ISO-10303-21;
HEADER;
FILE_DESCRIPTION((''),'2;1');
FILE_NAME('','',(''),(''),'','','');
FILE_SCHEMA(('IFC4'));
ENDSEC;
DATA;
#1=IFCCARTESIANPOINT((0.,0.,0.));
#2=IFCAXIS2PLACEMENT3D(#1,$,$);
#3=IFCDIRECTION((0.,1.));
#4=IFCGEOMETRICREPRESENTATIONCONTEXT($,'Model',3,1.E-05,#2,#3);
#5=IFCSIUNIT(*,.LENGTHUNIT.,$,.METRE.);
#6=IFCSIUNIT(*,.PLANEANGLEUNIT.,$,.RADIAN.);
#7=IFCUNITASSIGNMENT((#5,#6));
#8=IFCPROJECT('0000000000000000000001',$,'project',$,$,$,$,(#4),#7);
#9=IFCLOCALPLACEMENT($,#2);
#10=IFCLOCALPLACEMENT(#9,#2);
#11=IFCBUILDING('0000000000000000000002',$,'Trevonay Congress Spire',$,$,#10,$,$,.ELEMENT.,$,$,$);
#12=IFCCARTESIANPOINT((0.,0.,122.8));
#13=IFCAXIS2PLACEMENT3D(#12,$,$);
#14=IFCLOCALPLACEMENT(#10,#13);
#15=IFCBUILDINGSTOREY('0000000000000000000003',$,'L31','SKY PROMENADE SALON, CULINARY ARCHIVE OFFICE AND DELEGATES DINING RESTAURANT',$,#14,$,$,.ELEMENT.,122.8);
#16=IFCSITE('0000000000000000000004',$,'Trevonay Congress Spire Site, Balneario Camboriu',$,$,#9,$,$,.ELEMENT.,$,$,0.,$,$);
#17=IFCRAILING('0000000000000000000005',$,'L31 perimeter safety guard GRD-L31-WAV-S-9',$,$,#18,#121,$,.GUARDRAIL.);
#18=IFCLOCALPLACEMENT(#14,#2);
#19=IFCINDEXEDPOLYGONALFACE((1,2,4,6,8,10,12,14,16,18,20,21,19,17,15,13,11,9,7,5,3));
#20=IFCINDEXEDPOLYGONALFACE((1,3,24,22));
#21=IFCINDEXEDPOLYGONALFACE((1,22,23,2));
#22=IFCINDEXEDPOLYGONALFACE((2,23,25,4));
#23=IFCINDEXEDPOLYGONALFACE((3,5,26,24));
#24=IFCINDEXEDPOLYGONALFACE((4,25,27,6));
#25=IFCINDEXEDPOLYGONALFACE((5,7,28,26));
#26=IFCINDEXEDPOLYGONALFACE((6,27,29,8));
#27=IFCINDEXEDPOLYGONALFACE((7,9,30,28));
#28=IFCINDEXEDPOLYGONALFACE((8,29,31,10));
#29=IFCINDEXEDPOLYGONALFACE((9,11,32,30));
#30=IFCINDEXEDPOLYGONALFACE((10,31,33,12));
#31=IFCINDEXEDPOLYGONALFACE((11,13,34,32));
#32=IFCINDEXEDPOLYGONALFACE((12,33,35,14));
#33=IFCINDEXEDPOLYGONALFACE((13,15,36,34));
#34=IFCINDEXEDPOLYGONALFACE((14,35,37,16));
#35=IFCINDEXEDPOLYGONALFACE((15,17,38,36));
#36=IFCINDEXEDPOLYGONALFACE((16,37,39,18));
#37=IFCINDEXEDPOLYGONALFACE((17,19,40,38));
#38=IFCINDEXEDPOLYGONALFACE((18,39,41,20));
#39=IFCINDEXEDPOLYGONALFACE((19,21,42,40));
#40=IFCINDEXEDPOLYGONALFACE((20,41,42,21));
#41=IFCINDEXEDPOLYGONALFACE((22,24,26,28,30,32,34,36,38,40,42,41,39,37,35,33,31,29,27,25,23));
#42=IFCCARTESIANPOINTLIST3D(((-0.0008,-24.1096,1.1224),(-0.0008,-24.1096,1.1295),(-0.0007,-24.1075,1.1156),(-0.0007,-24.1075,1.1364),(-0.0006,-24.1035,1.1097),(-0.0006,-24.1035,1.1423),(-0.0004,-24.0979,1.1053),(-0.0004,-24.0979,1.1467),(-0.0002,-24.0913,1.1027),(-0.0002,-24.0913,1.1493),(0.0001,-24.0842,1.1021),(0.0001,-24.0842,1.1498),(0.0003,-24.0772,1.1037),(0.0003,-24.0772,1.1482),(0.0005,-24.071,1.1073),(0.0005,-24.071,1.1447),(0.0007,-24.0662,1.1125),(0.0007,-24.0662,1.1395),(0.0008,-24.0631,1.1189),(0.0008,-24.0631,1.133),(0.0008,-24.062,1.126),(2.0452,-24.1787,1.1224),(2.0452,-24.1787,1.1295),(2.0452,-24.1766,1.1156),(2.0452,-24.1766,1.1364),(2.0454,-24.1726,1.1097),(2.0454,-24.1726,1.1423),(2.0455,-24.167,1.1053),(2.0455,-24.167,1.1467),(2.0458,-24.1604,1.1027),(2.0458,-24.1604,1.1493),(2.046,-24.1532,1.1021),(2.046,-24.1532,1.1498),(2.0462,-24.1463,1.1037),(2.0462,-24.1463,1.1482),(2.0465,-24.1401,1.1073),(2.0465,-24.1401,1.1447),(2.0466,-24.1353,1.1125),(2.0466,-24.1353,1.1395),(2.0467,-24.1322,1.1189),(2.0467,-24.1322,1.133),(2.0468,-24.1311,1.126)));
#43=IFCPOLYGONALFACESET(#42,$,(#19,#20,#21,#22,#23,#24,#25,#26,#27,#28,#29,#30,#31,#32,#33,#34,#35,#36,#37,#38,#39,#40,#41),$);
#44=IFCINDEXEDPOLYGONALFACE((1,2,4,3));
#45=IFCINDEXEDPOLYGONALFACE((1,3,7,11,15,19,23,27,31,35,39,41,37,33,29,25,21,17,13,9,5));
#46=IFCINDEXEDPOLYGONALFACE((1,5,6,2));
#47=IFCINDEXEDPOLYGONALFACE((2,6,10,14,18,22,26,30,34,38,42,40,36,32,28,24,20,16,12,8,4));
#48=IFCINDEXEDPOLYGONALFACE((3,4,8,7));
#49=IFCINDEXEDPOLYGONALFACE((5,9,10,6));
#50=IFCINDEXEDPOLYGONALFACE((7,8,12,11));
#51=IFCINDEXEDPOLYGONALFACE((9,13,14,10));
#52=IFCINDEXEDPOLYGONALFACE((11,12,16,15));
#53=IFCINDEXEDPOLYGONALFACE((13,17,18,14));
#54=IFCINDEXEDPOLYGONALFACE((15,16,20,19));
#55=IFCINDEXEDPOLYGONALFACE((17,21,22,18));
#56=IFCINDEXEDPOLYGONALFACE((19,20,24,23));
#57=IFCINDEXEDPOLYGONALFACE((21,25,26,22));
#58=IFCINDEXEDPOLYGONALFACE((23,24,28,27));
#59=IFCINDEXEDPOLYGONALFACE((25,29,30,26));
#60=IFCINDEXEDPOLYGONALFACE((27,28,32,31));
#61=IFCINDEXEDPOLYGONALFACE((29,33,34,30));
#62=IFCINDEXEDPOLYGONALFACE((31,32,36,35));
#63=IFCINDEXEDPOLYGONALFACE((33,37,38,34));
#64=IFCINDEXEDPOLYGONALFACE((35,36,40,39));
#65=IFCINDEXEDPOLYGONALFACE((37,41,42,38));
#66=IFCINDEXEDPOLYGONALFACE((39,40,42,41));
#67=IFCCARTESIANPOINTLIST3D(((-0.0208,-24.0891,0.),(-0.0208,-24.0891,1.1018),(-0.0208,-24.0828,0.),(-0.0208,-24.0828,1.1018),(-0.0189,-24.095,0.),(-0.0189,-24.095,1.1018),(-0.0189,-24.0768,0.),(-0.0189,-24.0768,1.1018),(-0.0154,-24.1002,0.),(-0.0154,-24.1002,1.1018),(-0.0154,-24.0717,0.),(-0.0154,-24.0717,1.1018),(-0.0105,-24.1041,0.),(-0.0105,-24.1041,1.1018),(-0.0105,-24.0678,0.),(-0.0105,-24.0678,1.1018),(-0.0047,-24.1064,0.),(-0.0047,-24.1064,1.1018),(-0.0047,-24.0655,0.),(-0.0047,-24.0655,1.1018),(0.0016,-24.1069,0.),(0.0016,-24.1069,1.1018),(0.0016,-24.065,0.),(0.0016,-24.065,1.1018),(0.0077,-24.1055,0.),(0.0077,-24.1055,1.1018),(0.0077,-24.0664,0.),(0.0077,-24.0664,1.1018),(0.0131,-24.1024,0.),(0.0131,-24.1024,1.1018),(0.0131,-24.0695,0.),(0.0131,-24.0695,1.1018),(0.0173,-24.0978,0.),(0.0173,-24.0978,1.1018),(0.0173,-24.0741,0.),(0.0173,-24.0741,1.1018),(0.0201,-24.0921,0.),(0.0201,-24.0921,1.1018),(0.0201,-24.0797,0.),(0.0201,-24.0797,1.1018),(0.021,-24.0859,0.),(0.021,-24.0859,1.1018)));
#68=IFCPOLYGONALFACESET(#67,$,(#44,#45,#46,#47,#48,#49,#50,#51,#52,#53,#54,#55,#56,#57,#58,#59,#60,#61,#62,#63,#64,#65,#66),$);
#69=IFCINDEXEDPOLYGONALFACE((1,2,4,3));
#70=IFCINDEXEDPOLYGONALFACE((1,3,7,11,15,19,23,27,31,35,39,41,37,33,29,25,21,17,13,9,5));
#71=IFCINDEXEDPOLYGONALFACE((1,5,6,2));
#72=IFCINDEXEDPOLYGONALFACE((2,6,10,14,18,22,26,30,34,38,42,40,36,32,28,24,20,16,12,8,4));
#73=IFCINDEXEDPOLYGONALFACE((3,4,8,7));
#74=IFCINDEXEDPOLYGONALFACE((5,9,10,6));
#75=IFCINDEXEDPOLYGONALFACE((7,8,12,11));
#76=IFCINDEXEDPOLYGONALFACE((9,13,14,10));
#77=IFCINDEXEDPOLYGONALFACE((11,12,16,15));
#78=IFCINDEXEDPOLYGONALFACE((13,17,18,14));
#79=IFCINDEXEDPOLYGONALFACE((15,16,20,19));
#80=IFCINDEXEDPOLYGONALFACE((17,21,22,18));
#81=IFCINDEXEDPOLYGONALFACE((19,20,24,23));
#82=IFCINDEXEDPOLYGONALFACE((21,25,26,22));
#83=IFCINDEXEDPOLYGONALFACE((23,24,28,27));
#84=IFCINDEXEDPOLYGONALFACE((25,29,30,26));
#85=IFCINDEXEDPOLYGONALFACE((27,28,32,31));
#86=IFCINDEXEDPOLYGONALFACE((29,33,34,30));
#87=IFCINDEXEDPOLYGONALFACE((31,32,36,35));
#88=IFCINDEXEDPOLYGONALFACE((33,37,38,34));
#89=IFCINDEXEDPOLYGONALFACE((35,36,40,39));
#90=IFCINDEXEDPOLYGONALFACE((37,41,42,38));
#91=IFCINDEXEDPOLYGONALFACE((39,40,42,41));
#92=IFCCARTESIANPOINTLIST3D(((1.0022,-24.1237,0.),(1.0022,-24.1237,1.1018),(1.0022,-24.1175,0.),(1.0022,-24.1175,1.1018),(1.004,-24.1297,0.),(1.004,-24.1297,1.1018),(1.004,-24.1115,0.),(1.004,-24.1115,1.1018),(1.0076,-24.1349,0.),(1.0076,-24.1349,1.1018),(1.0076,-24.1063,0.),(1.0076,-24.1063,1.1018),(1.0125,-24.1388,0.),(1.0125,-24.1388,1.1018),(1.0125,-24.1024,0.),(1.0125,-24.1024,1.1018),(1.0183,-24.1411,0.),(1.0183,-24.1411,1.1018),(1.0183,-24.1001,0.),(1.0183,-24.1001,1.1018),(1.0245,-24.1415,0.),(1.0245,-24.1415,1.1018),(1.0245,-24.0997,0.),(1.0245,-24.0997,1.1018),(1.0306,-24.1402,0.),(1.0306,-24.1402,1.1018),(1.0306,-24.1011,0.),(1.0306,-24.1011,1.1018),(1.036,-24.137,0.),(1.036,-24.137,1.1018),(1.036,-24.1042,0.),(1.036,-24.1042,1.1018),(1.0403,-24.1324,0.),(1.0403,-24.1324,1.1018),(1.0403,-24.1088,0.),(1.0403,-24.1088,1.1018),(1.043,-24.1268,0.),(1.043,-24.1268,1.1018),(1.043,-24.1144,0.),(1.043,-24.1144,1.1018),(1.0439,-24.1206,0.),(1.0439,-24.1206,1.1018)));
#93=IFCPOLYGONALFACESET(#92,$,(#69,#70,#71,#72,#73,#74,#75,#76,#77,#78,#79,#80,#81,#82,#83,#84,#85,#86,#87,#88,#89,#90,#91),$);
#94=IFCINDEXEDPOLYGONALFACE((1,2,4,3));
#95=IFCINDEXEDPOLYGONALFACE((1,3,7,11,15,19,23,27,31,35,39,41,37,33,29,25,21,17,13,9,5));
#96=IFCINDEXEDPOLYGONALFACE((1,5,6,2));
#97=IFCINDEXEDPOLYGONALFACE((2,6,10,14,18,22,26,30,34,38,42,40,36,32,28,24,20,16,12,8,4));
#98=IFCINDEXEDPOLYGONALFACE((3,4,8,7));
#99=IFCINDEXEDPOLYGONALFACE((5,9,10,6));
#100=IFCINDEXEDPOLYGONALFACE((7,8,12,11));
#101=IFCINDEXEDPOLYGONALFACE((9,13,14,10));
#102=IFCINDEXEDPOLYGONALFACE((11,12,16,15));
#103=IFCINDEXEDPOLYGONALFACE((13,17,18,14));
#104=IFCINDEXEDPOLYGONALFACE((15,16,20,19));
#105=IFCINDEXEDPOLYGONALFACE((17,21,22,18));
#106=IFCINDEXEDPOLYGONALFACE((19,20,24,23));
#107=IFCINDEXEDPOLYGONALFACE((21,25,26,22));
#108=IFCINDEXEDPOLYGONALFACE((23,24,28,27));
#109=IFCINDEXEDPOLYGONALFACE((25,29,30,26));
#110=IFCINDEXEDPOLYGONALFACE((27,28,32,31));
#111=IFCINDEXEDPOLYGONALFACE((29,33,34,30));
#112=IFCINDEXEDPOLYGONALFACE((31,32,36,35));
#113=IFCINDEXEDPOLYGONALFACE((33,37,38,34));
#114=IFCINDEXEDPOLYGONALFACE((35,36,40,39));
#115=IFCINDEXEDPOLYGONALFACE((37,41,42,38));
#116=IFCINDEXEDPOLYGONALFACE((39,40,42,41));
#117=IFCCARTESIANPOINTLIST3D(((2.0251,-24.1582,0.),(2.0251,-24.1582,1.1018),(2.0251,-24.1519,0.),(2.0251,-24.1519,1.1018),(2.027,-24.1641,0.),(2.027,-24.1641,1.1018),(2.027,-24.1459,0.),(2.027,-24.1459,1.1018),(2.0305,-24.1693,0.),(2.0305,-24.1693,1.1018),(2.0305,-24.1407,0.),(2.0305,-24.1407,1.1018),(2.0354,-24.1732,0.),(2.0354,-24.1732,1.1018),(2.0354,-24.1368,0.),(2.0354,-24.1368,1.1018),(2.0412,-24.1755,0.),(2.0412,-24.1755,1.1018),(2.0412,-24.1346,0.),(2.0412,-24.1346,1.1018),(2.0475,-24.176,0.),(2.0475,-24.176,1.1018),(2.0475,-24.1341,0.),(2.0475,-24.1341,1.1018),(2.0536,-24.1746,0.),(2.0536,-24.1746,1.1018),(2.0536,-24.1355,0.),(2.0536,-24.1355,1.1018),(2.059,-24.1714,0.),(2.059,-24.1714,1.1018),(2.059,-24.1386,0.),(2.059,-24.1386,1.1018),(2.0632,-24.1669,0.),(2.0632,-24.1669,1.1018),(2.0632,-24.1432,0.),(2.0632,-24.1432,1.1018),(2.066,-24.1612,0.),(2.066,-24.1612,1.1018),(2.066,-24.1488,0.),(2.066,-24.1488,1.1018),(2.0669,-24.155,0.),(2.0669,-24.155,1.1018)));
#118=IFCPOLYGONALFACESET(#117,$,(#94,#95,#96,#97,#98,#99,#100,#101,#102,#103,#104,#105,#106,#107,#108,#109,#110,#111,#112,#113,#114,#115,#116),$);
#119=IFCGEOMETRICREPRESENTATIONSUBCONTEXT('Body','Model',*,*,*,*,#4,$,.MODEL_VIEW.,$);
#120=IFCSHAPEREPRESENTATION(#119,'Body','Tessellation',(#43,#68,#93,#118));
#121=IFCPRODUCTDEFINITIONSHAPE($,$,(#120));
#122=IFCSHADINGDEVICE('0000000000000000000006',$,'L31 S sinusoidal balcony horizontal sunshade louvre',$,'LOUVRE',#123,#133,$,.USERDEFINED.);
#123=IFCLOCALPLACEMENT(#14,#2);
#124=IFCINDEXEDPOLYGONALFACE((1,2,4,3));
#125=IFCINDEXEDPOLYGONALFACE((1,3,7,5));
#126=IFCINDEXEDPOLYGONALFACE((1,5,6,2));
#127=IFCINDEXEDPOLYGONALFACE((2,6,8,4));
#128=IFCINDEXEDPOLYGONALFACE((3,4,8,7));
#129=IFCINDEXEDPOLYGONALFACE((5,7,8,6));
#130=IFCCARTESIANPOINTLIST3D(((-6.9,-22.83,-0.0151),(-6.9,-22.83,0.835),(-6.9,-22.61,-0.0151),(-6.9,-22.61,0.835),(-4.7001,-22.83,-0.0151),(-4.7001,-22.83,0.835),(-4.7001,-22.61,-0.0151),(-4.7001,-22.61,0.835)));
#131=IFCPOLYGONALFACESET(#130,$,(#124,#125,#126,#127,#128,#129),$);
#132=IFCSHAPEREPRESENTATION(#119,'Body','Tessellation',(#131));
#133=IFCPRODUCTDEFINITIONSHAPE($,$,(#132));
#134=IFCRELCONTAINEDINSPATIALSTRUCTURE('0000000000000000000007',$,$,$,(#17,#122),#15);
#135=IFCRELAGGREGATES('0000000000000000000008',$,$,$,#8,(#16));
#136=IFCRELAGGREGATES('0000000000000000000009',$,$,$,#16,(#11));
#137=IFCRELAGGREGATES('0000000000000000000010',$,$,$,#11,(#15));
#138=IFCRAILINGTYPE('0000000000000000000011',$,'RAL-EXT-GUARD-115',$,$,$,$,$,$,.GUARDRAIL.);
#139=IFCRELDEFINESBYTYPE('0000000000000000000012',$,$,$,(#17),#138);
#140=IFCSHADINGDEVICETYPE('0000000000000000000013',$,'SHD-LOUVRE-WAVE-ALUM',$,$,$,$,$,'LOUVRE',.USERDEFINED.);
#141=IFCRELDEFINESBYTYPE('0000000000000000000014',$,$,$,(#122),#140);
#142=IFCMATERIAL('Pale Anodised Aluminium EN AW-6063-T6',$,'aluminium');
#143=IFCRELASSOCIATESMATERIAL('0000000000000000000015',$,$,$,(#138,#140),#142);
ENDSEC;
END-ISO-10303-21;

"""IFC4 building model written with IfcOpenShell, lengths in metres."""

from ifc_helpers import new_model, si_unit, direction, frame, origin, origin_2d, place, context, subcontext, project, spatial, rectangle, circle, extrude, material, type_object, element, save


model = new_model("IFC4")

# Units and contexts
model_context = context("Model", 3, precision=1e-05, world=origin(), true_north=direction((0.0, 1.0)))
body_context = subcontext(model_context, "Body", "Model", "MODEL_VIEW")
ifc_project = project(units=[si_unit("LENGTHUNIT", "METRE"), si_unit("PLANEANGLEUNIT", "RADIAN")], contexts=[model_context])

# Site, building, storey
site_placement = place(None, origin())
site = spatial("IfcSite", under=ifc_project, at=site_placement, Name="Trevonay Congress Spire Site, Balneario Camboriu", CompositionType="ELEMENT", RefElevation=0.0)
building_placement = place(site_placement, origin())
building = spatial("IfcBuilding", under=site, at=building_placement, Name="Trevonay Congress Spire", CompositionType="ELEMENT")
storey_placement = place(building_placement, frame((0.0, 0.0, 122.8)))
storey = spatial("IfcBuildingStorey", under=building, at=storey_placement, Name="L31", Description="SKY PROMENADE SALON, CULINARY ARCHIVE OFFICE AND DELEGATES DINING RESTAURANT", CompositionType="ELEMENT", Elevation=122.8)

# Shared definitions
ifc_material_1 = material(Name="Pale Anodised Aluminium EN AW-6063-T6", Category="aluminium")

# Railing
railing_type = type_object("IfcRailingType", Name="RAL-EXT-GUARD-115", PredefinedType="GUARDRAIL", material=ifc_material_1)
railing_1_placement = place(storey_placement, frame((0.0, -24.0859, 0.0)))
element("IfcRailing", 1, at=railing_1_placement, inside=storey, type_object=railing_type, Name="L31 perimeter safety guard GRD-L31-WAV-S-9", PredefinedType="GUARDRAIL", context=body_context, shape_type="SweptSolid", body=[
    extrude(circle(Radius=0.0239, at=origin_2d()), frame((0.0, 0.0, 1.126), z_axis=(0.99943, -0.033752, 0.0), x_axis=(0.033752, 0.99943, 0.0)), (0.0, 0.0, 1.0), 2.0471),
    extrude(circle(Radius=0.021, at=origin_2d()), origin(), (0.0, 0.0, 1.0), 1.1018),
    extrude(circle(Radius=0.021, at=origin_2d()), frame((1.0229, -0.0347, 0.0)), (0.0, 0.0, 1.0), 1.1018),
    extrude(circle(Radius=0.021, at=origin_2d()), frame((2.0459, -0.0691, 0.0)), (0.0, 0.0, 1.0), 1.1018),
])

# Shading device
shading_device_type = type_object("IfcShadingDeviceType", Name="SHD-LOUVRE-WAVE-ALUM", ElementType="LOUVRE", PredefinedType="USERDEFINED", material=ifc_material_1)
shading_device_placement = place(storey_placement, frame((-5.8, -22.72, -0.0151), z_axis=(0.0, 0.0, 1.0), x_axis=(1.0, 0.0, 0.0)))
element("IfcShadingDevice", 2, at=shading_device_placement, inside=storey, type_object=shading_device_type, Name="L31 S sinusoidal balcony horizontal sunshade louvre", ObjectType="LOUVRE", PredefinedType="USERDEFINED", context=body_context, shape_type="SweptSolid", body=[
    extrude(rectangle(XDim=2.2, YDim=0.22, at=origin_2d()), origin(), (0.0, 0.0, 1.0), 0.8501),
])

save(model, "model.ifc")
